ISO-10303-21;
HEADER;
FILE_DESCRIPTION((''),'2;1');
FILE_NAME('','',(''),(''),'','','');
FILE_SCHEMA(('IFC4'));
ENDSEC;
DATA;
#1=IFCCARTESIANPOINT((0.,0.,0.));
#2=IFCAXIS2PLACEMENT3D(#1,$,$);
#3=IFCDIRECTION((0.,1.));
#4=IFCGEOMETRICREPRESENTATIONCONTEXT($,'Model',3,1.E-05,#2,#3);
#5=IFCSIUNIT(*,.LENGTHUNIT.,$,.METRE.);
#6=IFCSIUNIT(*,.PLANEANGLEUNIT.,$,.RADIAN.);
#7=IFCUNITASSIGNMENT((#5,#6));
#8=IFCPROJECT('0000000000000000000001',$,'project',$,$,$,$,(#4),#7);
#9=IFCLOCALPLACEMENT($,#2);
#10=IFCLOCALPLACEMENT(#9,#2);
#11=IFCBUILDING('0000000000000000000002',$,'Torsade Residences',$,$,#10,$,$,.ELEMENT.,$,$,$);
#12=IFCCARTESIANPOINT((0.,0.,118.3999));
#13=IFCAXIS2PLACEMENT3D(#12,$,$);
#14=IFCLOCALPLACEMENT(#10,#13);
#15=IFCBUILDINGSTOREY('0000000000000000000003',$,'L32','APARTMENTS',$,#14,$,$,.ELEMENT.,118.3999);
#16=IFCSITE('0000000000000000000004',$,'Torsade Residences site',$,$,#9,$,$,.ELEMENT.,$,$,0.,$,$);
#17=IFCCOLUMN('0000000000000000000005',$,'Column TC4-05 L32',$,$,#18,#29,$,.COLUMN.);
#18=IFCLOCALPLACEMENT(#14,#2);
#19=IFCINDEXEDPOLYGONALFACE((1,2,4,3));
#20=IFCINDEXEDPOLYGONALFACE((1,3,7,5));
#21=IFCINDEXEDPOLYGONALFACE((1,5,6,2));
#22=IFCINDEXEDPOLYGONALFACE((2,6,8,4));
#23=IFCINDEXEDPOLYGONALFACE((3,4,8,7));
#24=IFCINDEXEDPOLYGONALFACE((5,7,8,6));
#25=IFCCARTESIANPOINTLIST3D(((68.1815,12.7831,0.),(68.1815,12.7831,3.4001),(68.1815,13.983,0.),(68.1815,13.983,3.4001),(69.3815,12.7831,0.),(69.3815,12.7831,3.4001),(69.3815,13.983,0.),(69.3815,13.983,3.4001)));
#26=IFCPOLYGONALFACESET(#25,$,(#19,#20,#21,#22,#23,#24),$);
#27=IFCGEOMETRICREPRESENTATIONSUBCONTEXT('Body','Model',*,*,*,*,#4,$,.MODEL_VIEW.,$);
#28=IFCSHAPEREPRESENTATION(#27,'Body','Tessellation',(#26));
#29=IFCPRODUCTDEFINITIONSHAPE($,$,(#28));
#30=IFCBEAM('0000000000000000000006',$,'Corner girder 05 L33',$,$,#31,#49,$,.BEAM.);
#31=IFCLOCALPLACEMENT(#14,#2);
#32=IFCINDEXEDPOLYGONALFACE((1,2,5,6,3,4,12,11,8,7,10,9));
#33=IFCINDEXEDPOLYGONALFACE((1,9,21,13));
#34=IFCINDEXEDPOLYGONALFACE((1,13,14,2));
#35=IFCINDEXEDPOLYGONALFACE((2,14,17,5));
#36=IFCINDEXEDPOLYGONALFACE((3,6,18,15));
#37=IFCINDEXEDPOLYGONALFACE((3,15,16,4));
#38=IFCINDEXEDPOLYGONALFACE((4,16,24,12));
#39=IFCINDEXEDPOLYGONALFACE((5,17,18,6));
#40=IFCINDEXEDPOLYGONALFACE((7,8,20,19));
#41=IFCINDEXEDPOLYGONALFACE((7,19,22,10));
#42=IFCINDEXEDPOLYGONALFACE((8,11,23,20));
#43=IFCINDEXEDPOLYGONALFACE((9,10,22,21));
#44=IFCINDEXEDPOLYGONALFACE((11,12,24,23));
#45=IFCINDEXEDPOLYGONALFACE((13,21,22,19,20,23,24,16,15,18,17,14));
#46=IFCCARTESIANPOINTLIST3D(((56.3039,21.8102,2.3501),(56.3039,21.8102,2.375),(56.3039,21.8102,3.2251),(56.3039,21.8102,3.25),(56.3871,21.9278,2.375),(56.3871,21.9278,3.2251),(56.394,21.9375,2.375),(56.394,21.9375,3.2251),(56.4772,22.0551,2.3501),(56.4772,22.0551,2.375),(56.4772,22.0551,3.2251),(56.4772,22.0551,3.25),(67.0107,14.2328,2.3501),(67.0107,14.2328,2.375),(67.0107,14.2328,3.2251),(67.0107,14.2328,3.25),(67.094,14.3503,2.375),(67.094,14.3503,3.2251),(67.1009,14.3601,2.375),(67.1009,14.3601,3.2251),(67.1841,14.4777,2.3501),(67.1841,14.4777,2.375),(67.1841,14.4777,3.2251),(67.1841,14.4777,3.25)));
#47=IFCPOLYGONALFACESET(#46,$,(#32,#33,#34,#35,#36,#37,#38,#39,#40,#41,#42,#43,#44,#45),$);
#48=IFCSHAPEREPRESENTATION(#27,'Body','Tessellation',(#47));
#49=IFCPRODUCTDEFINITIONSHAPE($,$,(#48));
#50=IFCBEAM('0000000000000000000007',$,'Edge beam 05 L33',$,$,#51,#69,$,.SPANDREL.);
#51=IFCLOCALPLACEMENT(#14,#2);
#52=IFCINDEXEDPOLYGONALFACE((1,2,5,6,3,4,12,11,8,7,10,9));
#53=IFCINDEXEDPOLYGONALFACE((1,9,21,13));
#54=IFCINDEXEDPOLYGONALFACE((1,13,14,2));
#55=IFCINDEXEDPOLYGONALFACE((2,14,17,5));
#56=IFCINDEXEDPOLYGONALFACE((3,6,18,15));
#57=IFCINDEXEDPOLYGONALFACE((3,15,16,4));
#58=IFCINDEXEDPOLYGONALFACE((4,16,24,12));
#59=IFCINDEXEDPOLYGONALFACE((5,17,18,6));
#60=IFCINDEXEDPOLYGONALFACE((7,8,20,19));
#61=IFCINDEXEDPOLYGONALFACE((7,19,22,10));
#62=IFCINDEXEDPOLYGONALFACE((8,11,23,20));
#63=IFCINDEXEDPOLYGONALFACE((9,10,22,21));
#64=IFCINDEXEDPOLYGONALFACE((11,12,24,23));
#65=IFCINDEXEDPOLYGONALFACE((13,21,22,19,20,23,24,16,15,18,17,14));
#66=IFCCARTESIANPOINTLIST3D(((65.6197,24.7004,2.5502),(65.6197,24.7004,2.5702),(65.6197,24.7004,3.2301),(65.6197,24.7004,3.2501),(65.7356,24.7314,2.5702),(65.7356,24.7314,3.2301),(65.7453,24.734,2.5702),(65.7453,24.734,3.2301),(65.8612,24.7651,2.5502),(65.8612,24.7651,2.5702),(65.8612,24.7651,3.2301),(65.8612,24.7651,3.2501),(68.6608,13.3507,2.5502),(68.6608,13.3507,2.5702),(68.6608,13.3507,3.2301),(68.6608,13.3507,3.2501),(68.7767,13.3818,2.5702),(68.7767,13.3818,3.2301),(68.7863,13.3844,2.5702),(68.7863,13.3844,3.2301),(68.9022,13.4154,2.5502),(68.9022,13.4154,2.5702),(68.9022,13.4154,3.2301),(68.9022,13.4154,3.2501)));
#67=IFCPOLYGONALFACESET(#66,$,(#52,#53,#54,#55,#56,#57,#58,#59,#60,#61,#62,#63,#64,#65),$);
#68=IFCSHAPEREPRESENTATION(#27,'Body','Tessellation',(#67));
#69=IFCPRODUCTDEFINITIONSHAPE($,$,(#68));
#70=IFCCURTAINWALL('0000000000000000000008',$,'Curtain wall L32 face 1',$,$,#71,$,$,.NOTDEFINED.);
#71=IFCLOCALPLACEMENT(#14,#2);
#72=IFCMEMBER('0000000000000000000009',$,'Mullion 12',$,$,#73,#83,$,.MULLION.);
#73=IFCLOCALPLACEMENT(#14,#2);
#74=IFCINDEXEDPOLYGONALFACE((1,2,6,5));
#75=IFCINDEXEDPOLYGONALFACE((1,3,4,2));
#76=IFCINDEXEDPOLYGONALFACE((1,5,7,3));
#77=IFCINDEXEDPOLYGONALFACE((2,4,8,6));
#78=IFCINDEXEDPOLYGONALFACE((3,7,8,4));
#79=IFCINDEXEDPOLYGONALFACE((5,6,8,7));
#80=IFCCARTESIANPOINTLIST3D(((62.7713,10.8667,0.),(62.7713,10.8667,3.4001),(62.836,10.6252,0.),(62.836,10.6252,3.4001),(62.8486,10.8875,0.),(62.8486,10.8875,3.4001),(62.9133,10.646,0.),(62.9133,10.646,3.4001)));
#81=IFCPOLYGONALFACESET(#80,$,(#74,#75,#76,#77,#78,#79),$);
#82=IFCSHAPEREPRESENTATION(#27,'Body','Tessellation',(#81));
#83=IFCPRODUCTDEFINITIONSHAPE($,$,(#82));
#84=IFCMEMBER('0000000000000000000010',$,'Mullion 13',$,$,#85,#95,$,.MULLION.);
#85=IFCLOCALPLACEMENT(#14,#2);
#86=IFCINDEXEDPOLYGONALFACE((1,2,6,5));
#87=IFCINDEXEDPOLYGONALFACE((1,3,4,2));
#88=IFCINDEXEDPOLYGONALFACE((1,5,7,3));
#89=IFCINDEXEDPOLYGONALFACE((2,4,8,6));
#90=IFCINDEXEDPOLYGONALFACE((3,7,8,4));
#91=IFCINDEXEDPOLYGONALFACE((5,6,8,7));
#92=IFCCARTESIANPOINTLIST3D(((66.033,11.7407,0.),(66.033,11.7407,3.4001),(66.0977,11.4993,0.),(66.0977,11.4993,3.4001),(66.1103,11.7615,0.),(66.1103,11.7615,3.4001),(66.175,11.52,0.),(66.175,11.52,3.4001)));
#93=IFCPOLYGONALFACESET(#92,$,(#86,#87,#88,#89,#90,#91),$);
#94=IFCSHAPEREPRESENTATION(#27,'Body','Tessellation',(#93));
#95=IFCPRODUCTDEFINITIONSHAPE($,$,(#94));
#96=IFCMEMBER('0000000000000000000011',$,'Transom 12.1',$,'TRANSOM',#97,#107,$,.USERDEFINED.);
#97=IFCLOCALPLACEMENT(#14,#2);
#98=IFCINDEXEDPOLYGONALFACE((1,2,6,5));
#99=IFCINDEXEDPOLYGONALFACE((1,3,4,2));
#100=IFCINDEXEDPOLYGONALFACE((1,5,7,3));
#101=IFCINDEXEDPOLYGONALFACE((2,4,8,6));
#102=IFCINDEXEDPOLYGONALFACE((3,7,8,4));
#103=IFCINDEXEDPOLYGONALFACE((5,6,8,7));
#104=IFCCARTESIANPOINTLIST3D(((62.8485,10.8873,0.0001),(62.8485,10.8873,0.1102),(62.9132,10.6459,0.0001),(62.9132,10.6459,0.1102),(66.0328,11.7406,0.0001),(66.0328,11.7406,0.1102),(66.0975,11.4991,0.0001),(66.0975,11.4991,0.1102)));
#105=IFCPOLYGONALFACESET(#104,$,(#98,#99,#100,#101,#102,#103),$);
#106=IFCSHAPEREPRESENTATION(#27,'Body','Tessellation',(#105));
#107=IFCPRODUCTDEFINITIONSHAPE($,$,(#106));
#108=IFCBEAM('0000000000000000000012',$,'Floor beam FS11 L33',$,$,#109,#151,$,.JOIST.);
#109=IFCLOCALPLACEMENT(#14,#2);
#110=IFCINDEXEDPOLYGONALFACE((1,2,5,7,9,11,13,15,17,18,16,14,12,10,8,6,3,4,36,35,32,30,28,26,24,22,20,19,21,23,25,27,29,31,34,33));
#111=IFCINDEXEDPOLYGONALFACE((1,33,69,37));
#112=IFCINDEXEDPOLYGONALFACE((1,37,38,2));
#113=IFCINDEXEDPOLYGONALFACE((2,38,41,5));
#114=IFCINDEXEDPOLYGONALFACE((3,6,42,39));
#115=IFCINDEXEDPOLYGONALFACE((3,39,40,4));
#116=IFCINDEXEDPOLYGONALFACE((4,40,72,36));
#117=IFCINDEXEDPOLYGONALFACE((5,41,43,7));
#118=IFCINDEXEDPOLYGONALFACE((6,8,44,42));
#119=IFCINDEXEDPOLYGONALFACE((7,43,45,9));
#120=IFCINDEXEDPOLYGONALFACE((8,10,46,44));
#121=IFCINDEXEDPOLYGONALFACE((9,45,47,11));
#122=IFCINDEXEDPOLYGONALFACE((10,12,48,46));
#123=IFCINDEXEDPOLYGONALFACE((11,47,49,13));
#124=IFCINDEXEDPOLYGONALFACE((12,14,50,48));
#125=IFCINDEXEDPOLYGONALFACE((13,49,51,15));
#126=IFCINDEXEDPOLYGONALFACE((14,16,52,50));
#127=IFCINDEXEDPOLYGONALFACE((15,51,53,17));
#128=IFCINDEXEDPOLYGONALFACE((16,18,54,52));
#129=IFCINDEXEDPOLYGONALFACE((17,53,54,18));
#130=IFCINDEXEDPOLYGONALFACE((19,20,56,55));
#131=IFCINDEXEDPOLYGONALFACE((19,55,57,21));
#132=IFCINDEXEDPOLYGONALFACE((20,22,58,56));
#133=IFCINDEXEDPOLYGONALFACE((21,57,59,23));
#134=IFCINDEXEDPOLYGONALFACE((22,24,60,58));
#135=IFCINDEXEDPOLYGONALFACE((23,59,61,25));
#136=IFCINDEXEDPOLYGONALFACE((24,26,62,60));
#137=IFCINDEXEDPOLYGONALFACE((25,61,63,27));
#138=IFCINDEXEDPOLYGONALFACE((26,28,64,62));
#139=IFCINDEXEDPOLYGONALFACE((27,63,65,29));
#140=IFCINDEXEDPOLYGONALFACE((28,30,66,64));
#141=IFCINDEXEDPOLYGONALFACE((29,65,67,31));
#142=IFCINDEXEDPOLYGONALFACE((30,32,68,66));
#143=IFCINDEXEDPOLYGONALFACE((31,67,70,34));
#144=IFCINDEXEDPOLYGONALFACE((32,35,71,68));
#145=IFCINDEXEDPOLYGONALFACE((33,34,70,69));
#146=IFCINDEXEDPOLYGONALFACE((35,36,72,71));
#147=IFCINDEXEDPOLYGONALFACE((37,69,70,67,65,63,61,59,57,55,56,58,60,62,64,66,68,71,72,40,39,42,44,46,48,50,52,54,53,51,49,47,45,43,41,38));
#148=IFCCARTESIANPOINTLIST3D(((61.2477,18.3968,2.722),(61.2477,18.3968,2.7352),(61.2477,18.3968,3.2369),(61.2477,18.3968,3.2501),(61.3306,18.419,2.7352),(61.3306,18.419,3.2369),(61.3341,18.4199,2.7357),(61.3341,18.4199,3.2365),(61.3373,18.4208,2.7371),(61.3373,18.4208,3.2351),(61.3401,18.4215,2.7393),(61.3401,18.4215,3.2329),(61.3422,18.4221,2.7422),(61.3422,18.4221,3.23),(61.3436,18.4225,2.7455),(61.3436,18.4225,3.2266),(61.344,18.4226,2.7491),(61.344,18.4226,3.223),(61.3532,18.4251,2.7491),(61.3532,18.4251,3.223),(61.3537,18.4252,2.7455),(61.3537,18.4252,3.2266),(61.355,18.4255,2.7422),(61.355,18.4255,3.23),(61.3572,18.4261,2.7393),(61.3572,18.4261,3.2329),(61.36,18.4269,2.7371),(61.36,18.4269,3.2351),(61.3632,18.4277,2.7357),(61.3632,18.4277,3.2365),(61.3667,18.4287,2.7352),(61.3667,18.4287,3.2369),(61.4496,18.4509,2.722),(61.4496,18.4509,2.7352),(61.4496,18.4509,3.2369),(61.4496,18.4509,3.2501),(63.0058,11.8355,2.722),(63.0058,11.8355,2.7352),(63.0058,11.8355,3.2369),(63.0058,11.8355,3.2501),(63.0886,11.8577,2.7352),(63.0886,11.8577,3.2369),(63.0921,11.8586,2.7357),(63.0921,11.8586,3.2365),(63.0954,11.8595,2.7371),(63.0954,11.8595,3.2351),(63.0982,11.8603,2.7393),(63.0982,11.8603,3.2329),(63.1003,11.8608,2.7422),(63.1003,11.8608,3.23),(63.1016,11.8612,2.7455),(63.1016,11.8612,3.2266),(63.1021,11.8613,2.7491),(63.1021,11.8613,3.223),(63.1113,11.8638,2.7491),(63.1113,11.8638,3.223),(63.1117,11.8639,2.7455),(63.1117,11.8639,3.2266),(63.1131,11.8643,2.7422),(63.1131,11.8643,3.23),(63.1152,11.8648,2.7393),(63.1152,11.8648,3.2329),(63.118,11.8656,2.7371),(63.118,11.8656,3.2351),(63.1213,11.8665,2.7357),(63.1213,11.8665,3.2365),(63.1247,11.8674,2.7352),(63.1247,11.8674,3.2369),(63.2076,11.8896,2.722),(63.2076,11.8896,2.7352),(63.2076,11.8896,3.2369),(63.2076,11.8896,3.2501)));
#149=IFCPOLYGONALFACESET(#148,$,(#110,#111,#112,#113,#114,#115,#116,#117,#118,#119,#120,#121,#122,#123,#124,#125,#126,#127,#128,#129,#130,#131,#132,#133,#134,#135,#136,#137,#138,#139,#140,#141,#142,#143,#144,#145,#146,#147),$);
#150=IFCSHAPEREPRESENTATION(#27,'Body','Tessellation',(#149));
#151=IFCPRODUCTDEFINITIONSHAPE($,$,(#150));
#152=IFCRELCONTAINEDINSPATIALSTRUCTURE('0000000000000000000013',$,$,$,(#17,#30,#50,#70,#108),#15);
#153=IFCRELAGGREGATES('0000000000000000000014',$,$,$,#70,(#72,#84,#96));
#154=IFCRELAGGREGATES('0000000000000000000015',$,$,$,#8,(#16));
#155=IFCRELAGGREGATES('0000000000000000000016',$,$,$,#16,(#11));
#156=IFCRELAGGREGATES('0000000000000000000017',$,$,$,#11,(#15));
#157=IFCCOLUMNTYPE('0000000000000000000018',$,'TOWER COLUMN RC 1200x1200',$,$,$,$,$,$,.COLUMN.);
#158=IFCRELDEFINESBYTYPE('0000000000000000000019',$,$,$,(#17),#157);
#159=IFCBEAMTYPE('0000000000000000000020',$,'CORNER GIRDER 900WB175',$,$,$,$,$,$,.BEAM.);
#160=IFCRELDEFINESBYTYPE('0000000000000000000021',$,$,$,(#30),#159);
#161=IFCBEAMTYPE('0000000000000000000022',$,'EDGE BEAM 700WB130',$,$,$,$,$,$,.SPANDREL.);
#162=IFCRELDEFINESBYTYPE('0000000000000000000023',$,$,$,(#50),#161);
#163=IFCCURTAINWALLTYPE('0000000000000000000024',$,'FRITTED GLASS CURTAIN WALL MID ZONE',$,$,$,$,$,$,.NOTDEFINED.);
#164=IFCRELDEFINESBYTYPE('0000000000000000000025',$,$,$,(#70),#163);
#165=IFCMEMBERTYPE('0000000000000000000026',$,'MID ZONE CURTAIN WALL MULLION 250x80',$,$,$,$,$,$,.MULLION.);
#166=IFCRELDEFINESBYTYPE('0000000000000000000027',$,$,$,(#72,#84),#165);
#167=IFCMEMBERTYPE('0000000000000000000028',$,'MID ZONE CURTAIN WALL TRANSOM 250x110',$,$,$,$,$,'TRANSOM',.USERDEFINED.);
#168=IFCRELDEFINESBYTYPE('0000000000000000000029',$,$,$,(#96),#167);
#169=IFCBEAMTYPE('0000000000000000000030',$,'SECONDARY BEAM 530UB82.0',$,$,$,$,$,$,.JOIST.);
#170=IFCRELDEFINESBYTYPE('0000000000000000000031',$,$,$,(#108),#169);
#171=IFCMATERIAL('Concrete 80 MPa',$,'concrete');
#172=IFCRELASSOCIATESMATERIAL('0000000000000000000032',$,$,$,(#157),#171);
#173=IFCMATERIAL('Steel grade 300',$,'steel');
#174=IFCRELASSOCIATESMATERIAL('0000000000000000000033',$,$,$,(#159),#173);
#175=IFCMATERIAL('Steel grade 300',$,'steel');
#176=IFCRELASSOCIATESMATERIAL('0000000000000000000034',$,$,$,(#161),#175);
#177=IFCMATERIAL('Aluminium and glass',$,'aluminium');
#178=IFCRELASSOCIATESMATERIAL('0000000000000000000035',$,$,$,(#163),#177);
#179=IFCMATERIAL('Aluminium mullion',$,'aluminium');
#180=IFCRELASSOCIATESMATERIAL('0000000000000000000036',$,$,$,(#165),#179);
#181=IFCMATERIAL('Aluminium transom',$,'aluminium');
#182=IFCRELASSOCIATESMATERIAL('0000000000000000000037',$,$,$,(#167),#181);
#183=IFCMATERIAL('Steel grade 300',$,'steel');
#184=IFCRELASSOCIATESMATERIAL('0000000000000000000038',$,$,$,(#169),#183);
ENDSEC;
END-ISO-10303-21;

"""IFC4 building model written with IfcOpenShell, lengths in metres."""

from ifc_helpers import new_model, si_unit, direction, frame, origin, origin_2d, place, context, subcontext, project, spatial, rectangle, i_section, extrude, material, material_profile, profile_set, type_object, element, aggregate, save


model = new_model("IFC4")

# Units and contexts
model_context = context("Model", 3, precision=1e-05, world=origin(), true_north=direction((0.0, 1.0)))
body_context = subcontext(model_context, "Body", "Model", "MODEL_VIEW")
ifc_project = project(units=[si_unit("LENGTHUNIT", "METRE"), si_unit("PLANEANGLEUNIT", "RADIAN")], contexts=[model_context])

# Site, building, storey
site_placement = place(None, origin())
site = spatial("IfcSite", under=ifc_project, at=site_placement, Name="Torsade Residences site", CompositionType="ELEMENT", RefElevation=0.0)
building_placement = place(site_placement, origin())
building = spatial("IfcBuilding", under=site, at=building_placement, Name="Torsade Residences", CompositionType="ELEMENT")
storey_placement = place(building_placement, frame((0.0, 0.0, 118.3999)))
storey = spatial("IfcBuildingStorey", under=building, at=storey_placement, Name="L32", Description="APARTMENTS", CompositionType="ELEMENT", Elevation=118.3999)

# Column
ifc_material_1 = material(Name="Concrete 80 MPa", Category="concrete")
ifc_material_profile_1 = material_profile(ifc_material_1, rectangle(XDim=1.2, YDim=1.2, at=origin_2d()), Name="RC 1200x1200")
ifc_profile_set_1 = profile_set([ifc_material_profile_1], Name="Concrete 80 MPa")
column_type = type_object("IfcColumnType", Name="TOWER COLUMN RC 1200x1200", PredefinedType="COLUMN", material=ifc_profile_set_1)
column_placement = place(storey_placement, frame((68.7815, 13.3831, 0.0), z_axis=(0.0, 0.0, 1.0), x_axis=(1.0, 0.0, 0.0)))
element("IfcColumn", 1, at=column_placement, inside=storey, type_object=column_type, Name="Column TC4-05 L32", PredefinedType="COLUMN", context=body_context, shape_type="SweptSolid", body=[
    extrude(rectangle(XDim=1.2, YDim=1.2, at=origin_2d()), origin(), (0.0, 0.0, 1.0), 3.4001),
])

# Beams
ifc_material_2 = material(Name="Steel grade 300", Category="steel")
ifc_material_profile_2 = material_profile(ifc_material_2, i_section(OverallWidth=0.3, OverallDepth=0.8999, WebThickness=0.012, FlangeThickness=0.0249, at=origin_2d()), Name="900WB175")
ifc_profile_set_2 = profile_set([ifc_material_profile_2], Name="Steel grade 300")
beam_type_1 = type_object("IfcBeamType", Name="CORNER GIRDER 900WB175", PredefinedType="BEAM", material=ifc_profile_set_2)
beam_1_placement = place(storey_placement, frame((67.0974, 14.3552, 2.8), z_axis=(-0.816261, 0.577683, 0.0), x_axis=(-0.577683, -0.816261, 0.0)))
element("IfcBeam", 2, at=beam_1_placement, inside=storey, type_object=beam_type_1, Name="Corner girder 05 L33", PredefinedType="BEAM", context=body_context, shape_type="SweptSolid", body=[
    extrude(i_section(OverallWidth=0.3, OverallDepth=0.8999, WebThickness=0.012, FlangeThickness=0.0249, at=origin_2d()), origin(), (0.0, 0.0, 1.0), 13.1169),
])
ifc_material_3 = material(Name="Steel grade 300", Category="steel")
ifc_material_profile_3 = material_profile(ifc_material_3, i_section(OverallWidth=0.25, OverallDepth=0.7, WebThickness=0.01, FlangeThickness=0.02, at=origin_2d()), Name="700WB130")
ifc_profile_set_3 = profile_set([ifc_material_profile_3], Name="Steel grade 300")
beam_type_2 = type_object("IfcBeamType", Name="EDGE BEAM 700WB130", PredefinedType="SPANDREL", material=ifc_profile_set_3)
beam_2_placement = place(storey_placement, frame((68.7815, 13.3831, 2.9001), z_axis=(-0.258811, 0.965928, 0.0), x_axis=(-0.965928, -0.258811, 0.0)))
element("IfcBeam", 3, at=beam_2_placement, inside=storey, type_object=beam_type_2, Name="Edge beam 05 L33", PredefinedType="SPANDREL", context=body_context, shape_type="SweptSolid", body=[
    extrude(i_section(OverallWidth=0.25, OverallDepth=0.7, WebThickness=0.01, FlangeThickness=0.02, at=origin_2d()), origin(), (0.0, 0.0, 1.0), 11.75),
])

# Curtain wall, members
ifc_material_4 = material(Name="Aluminium and glass", Category="aluminium")
curtain_wall_type = type_object("IfcCurtainWallType", Name="FRITTED GLASS CURTAIN WALL MID ZONE", PredefinedType="NOTDEFINED", material=ifc_material_4)
curtain_wall_placement = place(storey_placement, origin())
curtain_wall = element("IfcCurtainWall", 4, at=curtain_wall_placement, inside=storey, type_object=curtain_wall_type, Name="Curtain wall L32 face 1", PredefinedType="NOTDEFINED")
ifc_material_5 = material(Name="Aluminium mullion", Category="aluminium")
ifc_material_profile_4 = material_profile(ifc_material_5, rectangle(XDim=0.25, YDim=0.0801, at=origin_2d()), Name="MID ZONE CURTAIN WALL MULLION 250x80")
ifc_profile_set_4 = profile_set([ifc_material_profile_4], Name="Aluminium mullion")
member_type_1 = type_object("IfcMemberType", Name="MID ZONE CURTAIN WALL MULLION 250x80", PredefinedType="MULLION", material=ifc_profile_set_4)
member_1_placement = place(storey_placement, frame((62.8423, 10.7563, 0.0), z_axis=(0.0, 0.0, 1.0), x_axis=(-0.258819, 0.965926, 0.0)))
member_1 = element("IfcMember", 5, at=member_1_placement, type_object=member_type_1, Name="Mullion 12", PredefinedType="MULLION", context=body_context, shape_type="SweptSolid", body=[
    extrude(rectangle(XDim=0.25, YDim=0.0801, at=origin_2d()), origin(), (0.0, 0.0, 1.0), 3.4001),
])
member_2_placement = place(storey_placement, frame((66.104, 11.6304, 0.0), z_axis=(0.0, 0.0, 1.0), x_axis=(-0.258819, 0.965926, 0.0)))
member_2 = element("IfcMember", 6, at=member_2_placement, type_object=member_type_1, Name="Mullion 13", PredefinedType="MULLION", context=body_context, shape_type="SweptSolid", body=[
    extrude(rectangle(XDim=0.25, YDim=0.0801, at=origin_2d()), origin(), (0.0, 0.0, 1.0), 3.4001),
])
ifc_material_6 = material(Name="Aluminium transom", Category="aluminium")
ifc_material_profile_5 = material_profile(ifc_material_6, rectangle(XDim=0.25, YDim=0.1101, at=origin_2d()), Name="MID ZONE CURTAIN WALL TRANSOM 250x110")
ifc_profile_set_5 = profile_set([ifc_material_profile_5], Name="Aluminium transom")
member_type_2 = type_object("IfcMemberType", Name="MID ZONE CURTAIN WALL TRANSOM 250x110", ElementType="TRANSOM", PredefinedType="USERDEFINED", material=ifc_profile_set_5)
member_3_placement = place(storey_placement, frame((62.8809, 10.7666, 0.0552), z_axis=(0.965923, 0.258829, 0.0), x_axis=(-0.258829, 0.965923, 0.0)))
member_3 = element("IfcMember", 7, at=member_3_placement, type_object=member_type_2, Name="Transom 12.1", ObjectType="TRANSOM", PredefinedType="USERDEFINED", context=body_context, shape_type="SweptSolid", body=[
    extrude(rectangle(XDim=0.25, YDim=0.1101, at=origin_2d()), origin(), (0.0, 0.0, 1.0), 3.2966),
])

# Beam
ifc_material_7 = material(Name="Steel grade 300", Category="steel")
ifc_material_profile_6 = material_profile(ifc_material_7, i_section(OverallWidth=0.209, OverallDepth=0.5281, WebThickness=0.0095, FlangeThickness=0.0132, FilletRadius=0.0139, at=origin_2d()), Name="530UB82.0")
ifc_profile_set_6 = profile_set([ifc_material_profile_6], Name="Steel grade 300")
beam_type_3 = type_object("IfcBeamType", Name="SECONDARY BEAM 530UB82.0", PredefinedType="JOIST", material=ifc_profile_set_6)
beam_3_placement = place(storey_placement, frame((63.1067, 11.8625, 2.9861), z_axis=(-0.258815, 0.965927, 0.0), x_axis=(-0.965927, -0.258815, 0.0)))
element("IfcBeam", 8, at=beam_3_placement, inside=storey, type_object=beam_type_3, Name="Floor beam FS11 L33", PredefinedType="JOIST", context=body_context, shape_type="SweptSolid", body=[
    extrude(i_section(OverallWidth=0.209, OverallDepth=0.5281, WebThickness=0.0095, FlangeThickness=0.0132, FilletRadius=0.0139, at=origin_2d()), origin(), (0.0, 0.0, 1.0), 6.7927),
])

aggregate(curtain_wall, [member_1, member_2, member_3])

save(model, "model.ifc")
